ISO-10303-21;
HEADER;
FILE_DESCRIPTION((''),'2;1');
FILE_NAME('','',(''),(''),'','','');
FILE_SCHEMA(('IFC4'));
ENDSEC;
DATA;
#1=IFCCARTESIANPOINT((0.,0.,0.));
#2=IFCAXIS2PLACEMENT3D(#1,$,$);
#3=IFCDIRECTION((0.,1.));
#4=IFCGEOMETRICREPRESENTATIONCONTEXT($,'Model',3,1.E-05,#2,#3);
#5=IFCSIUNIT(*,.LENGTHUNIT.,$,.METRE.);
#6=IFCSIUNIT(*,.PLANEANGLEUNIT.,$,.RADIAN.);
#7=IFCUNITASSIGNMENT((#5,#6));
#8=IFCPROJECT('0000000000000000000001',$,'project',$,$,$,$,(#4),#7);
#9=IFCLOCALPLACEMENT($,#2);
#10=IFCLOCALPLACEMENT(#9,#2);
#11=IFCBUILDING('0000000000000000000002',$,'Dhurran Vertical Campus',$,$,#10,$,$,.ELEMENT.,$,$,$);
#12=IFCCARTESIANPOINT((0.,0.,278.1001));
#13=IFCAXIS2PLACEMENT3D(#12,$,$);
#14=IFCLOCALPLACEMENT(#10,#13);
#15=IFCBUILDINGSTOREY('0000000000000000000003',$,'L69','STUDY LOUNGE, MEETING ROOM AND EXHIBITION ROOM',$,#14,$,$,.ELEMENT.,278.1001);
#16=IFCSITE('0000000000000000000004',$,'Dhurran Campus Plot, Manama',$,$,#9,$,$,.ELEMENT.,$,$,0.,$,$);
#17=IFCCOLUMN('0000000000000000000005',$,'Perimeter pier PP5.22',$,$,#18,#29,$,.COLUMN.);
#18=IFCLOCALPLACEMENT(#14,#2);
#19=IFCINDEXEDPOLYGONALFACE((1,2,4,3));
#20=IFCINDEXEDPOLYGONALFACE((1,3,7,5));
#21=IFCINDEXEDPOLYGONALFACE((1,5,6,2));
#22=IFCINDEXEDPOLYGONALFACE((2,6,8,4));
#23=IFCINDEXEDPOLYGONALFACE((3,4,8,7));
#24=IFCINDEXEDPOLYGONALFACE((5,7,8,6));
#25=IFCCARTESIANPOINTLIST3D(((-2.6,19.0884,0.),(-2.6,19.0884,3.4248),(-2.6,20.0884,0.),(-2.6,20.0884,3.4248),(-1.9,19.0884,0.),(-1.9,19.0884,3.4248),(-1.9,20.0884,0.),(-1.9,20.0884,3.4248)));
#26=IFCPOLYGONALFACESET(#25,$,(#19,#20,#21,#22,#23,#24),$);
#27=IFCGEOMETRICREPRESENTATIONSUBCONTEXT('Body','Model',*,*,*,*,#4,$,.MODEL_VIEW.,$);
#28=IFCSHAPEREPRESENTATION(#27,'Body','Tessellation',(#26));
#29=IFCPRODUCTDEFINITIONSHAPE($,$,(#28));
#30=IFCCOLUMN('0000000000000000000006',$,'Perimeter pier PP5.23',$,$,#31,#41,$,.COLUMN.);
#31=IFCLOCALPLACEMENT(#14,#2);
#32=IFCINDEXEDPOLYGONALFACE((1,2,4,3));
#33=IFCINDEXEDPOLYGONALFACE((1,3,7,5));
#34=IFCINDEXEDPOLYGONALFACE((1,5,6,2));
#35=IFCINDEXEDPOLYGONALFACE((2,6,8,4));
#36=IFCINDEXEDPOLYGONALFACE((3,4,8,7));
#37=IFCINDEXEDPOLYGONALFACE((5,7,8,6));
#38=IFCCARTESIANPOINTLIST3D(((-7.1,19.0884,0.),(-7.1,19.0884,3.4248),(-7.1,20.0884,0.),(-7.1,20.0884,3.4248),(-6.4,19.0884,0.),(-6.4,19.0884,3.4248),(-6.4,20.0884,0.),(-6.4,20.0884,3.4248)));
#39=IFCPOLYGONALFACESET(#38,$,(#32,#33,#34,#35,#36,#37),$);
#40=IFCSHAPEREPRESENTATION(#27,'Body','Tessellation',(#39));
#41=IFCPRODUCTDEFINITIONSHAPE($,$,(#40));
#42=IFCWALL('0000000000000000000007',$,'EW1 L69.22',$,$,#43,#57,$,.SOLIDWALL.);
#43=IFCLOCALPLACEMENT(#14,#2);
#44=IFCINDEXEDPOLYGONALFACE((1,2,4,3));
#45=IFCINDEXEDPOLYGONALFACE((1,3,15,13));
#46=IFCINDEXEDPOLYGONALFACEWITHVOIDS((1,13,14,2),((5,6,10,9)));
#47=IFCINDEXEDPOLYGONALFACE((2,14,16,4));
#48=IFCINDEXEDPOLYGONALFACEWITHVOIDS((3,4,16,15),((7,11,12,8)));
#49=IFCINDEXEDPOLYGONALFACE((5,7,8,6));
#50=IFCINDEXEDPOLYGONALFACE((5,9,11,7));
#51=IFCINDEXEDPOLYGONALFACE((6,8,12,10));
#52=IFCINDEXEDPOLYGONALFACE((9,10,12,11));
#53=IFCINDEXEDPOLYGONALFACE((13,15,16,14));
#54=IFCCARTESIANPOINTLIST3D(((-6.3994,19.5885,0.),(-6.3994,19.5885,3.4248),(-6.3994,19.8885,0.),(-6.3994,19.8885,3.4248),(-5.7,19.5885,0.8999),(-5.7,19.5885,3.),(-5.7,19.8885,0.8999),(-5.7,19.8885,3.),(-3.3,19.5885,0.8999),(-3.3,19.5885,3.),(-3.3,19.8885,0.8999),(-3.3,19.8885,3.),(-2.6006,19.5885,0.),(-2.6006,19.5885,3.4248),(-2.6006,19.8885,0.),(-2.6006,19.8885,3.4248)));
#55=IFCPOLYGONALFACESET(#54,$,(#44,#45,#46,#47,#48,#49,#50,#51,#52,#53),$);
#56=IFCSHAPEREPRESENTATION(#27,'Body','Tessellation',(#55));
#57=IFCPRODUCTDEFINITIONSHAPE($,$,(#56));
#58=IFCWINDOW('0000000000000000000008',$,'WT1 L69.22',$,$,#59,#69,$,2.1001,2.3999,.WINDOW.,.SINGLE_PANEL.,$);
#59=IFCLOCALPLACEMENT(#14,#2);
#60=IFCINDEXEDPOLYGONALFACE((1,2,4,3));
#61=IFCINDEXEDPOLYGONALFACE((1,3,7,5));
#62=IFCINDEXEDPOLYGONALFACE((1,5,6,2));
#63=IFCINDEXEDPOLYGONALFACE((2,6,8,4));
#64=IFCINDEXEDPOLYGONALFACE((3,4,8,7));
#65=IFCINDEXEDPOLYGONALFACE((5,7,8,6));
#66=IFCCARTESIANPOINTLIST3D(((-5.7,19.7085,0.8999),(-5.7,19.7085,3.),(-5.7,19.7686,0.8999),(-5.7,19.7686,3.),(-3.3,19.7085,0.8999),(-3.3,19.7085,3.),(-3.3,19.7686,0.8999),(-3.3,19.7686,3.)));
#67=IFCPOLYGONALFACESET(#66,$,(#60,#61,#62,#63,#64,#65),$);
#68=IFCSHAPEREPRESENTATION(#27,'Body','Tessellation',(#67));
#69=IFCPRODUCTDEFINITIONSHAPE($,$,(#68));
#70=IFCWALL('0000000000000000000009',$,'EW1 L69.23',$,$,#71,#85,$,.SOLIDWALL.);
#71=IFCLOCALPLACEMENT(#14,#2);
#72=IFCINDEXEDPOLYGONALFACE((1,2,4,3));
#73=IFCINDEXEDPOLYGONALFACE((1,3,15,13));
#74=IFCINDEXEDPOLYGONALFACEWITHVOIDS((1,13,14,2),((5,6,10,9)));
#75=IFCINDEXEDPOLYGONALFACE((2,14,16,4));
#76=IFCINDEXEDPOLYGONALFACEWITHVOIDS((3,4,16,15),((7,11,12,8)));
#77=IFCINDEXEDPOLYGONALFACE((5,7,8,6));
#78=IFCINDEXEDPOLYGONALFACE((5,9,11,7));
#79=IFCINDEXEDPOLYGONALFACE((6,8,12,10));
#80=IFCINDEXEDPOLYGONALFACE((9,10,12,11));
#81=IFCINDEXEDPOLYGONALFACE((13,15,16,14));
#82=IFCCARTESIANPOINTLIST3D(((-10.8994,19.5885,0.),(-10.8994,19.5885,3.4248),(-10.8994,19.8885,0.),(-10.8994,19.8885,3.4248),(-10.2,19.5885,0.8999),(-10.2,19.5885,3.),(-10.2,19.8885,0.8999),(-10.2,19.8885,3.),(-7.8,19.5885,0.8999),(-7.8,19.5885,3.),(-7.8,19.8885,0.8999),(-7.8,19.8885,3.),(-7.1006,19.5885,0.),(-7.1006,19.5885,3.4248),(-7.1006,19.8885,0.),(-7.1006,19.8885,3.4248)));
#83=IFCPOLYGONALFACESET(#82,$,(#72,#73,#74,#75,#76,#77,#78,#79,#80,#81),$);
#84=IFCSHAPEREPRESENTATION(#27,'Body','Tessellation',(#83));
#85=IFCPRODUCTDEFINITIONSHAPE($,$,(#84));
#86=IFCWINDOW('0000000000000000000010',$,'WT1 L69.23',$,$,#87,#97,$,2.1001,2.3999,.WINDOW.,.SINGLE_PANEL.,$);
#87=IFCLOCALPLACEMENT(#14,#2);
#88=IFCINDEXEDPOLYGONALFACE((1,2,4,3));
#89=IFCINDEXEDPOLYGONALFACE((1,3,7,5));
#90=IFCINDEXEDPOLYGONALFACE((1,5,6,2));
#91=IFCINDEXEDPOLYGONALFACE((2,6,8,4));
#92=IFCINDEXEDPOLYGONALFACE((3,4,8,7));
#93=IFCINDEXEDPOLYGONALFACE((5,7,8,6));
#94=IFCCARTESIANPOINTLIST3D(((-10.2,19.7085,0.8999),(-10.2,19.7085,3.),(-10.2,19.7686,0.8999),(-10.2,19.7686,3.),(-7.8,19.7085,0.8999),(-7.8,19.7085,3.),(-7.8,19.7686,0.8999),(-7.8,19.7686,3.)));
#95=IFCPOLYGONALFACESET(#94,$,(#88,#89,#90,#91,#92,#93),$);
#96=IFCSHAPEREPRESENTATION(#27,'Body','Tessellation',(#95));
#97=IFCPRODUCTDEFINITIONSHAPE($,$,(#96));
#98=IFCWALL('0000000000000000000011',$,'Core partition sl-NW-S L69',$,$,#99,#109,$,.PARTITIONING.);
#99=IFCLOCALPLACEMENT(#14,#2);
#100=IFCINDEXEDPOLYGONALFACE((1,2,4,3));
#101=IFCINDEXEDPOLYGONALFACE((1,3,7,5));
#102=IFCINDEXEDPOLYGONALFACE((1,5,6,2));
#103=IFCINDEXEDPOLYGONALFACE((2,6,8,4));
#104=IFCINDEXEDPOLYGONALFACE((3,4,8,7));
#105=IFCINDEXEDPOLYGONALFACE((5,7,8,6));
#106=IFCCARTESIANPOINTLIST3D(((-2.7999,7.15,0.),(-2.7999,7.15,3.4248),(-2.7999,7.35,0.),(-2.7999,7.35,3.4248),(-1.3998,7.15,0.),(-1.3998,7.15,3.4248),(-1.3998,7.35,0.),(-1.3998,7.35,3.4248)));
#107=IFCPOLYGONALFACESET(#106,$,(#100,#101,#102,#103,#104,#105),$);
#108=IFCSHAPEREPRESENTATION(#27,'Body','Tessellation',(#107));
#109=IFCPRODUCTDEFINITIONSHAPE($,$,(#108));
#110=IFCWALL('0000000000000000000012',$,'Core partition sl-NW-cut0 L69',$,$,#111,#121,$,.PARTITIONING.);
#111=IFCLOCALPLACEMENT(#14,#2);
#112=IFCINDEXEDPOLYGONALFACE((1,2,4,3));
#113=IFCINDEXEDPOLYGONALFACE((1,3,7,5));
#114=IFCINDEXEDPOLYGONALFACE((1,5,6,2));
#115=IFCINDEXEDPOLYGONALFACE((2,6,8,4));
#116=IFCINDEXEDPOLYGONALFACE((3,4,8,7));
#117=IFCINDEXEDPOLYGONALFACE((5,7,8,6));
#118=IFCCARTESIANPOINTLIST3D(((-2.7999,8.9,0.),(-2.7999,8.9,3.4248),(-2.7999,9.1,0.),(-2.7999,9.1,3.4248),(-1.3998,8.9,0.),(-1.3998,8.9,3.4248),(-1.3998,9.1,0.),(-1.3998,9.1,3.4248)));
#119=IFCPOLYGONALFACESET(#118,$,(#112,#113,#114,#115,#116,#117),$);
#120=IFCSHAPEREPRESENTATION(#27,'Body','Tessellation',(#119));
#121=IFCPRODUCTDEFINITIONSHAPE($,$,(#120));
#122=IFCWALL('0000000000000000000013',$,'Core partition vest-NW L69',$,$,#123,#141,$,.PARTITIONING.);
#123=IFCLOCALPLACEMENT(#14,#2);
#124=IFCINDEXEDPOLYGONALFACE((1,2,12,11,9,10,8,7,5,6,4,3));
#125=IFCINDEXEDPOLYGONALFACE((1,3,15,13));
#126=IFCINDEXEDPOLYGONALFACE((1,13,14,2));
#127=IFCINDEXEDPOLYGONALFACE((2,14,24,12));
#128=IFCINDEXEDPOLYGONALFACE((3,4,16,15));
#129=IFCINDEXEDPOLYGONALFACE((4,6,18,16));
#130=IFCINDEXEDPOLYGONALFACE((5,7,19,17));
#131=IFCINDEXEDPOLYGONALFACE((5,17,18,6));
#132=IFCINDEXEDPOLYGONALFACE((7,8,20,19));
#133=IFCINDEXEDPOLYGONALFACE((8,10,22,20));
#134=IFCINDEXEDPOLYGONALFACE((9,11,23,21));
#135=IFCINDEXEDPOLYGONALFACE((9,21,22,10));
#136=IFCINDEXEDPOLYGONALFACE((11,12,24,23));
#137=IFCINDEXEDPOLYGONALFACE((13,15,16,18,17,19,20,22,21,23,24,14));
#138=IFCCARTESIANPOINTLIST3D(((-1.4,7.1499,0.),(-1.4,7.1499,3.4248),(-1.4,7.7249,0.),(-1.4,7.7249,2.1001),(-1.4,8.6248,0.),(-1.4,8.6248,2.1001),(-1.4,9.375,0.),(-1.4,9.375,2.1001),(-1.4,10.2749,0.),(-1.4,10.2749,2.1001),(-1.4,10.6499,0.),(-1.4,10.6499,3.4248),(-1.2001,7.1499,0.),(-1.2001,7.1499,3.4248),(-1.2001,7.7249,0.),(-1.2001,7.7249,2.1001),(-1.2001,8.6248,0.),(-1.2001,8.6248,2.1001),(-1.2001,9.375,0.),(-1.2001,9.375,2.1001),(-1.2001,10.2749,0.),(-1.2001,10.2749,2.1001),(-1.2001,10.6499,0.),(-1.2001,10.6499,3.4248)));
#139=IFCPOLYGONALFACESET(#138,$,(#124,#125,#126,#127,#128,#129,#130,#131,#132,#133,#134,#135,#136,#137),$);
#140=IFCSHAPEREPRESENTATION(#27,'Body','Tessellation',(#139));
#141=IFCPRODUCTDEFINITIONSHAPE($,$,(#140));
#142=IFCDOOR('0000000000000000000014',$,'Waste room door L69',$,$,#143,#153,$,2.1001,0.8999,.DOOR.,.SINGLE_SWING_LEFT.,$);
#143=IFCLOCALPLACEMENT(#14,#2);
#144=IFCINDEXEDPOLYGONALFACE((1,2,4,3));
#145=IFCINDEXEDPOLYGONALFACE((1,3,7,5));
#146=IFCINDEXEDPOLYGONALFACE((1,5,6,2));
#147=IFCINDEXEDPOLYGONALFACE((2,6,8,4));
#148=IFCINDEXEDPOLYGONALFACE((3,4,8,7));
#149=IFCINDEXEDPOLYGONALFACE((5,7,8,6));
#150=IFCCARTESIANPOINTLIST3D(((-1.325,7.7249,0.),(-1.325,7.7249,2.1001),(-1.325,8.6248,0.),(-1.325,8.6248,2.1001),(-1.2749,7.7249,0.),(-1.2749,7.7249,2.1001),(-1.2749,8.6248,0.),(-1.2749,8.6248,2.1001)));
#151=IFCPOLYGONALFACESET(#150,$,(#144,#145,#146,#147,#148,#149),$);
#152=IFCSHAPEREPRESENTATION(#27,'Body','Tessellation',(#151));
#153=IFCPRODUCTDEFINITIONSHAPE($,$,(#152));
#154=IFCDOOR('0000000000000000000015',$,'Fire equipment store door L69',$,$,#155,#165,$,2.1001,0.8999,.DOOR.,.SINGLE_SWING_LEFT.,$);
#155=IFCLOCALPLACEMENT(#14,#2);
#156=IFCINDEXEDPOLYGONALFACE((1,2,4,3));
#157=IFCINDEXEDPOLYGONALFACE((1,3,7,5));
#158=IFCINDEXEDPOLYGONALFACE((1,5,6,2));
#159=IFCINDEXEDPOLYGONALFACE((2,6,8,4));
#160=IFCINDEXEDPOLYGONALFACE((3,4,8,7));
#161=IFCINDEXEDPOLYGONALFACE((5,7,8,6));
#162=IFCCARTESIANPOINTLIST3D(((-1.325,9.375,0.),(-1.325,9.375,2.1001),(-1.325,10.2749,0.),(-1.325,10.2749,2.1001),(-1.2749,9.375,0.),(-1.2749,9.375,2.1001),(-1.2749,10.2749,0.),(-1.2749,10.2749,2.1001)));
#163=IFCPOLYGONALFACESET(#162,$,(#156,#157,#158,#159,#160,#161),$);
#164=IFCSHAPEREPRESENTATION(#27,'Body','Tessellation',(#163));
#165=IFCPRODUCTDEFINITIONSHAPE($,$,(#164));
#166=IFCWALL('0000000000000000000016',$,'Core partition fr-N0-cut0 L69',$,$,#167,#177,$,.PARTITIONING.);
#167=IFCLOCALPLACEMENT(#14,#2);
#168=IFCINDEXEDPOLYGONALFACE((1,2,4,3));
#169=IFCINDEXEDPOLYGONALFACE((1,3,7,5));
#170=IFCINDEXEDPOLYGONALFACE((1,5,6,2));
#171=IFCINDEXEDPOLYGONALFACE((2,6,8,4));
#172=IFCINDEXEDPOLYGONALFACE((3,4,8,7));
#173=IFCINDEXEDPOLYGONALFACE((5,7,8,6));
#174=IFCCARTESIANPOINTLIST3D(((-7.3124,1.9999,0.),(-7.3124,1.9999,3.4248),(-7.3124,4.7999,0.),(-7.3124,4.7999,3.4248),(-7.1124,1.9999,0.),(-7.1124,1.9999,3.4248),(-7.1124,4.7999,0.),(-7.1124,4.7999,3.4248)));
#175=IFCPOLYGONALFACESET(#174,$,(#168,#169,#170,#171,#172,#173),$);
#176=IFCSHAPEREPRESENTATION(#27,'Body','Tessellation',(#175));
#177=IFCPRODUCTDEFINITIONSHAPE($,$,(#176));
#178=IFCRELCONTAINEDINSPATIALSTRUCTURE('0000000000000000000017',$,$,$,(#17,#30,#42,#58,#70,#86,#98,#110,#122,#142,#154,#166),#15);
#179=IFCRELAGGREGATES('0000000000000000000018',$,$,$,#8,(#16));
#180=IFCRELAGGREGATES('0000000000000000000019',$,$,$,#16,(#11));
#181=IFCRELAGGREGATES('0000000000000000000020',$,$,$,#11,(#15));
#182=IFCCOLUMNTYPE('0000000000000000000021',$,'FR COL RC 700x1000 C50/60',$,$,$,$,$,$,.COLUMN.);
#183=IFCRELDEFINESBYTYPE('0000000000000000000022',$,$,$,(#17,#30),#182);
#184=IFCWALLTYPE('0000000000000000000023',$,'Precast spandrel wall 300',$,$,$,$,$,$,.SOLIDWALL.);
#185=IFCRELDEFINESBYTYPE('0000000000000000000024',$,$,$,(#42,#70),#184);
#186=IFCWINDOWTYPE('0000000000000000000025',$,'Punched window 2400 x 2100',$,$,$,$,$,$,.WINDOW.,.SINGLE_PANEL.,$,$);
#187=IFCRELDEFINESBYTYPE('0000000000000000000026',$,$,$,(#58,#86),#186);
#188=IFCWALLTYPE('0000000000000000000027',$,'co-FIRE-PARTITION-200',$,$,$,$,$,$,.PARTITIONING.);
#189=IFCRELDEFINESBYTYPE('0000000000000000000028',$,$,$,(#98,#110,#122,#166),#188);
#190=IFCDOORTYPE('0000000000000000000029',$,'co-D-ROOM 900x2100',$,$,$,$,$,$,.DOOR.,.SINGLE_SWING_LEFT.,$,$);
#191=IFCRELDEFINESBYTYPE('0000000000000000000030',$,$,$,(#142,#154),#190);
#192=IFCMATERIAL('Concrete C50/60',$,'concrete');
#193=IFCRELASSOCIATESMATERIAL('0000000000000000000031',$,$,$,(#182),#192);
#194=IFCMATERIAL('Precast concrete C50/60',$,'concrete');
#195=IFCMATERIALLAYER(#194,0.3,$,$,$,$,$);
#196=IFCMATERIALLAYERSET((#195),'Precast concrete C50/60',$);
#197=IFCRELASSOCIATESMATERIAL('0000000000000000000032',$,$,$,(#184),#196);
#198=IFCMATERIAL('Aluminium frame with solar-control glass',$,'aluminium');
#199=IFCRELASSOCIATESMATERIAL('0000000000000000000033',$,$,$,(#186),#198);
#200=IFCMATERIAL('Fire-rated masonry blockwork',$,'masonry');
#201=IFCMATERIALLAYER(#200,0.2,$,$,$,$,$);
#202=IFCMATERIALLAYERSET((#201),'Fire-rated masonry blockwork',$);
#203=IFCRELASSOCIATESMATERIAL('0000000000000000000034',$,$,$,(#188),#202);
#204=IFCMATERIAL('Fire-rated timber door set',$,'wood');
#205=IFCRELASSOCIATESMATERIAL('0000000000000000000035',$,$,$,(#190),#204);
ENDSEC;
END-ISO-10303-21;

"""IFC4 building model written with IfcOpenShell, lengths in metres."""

from ifc_helpers import new_model, si_unit, direction, frame, frame_2d, origin, origin_2d, place, context, subcontext, project, spatial, rectangle, extrude, material, layer, layer_set, material_profile, profile_set, type_object, element, fill, save


model = new_model("IFC4")

# Units and contexts
model_context = context("Model", 3, precision=1e-05, world=origin(), true_north=direction((0.0, 1.0)))
body_context = subcontext(model_context, "Body", "Model", "MODEL_VIEW")
ifc_project = project(units=[si_unit("LENGTHUNIT", "METRE"), si_unit("PLANEANGLEUNIT", "RADIAN")], contexts=[model_context])

# Site, building, storey
site_placement = place(None, origin())
site = spatial("IfcSite", under=ifc_project, at=site_placement, Name="Dhurran Campus Plot, Manama", CompositionType="ELEMENT", RefElevation=0.0)
building_placement = place(site_placement, origin())
building = spatial("IfcBuilding", under=site, at=building_placement, Name="Dhurran Vertical Campus", CompositionType="ELEMENT")
storey_placement = place(building_placement, frame((0.0, 0.0, 278.1001)))
storey = spatial("IfcBuildingStorey", under=building, at=storey_placement, Name="L69", Description="STUDY LOUNGE, MEETING ROOM AND EXHIBITION ROOM", CompositionType="ELEMENT", Elevation=278.1001)

# Columns
ifc_material_1 = material(Name="Concrete C50/60", Category="concrete")
ifc_material_profile = material_profile(ifc_material_1, rectangle(XDim=0.7, YDim=1.0, at=origin_2d()), Name="RC 700x1000")
ifc_profile_set = profile_set([ifc_material_profile], Name="Concrete C50/60")
column_type = type_object("IfcColumnType", Name="FR COL RC 700x1000 C50/60", PredefinedType="COLUMN", material=ifc_profile_set)
for number, where, z_axis, x_axis, name in (
    (1, (-2.25, 19.5884, 0.0), (0.0, 0.0, 1.0), (-1.0, 0.0, 0.0), "Perimeter pier PP5.22"),
    (2, (-6.75, 19.5884, 0.0), (0.0, 0.0, 1.0), (-1.0, 0.0, 0.0), "Perimeter pier PP5.23"),
):
    element("IfcColumn", number, at=place(storey_placement, frame(where, z_axis=z_axis, x_axis=x_axis)), inside=storey, type_object=column_type, Name=name, PredefinedType="COLUMN", context=body_context, shape_type="SweptSolid", body=[
        extrude(rectangle(XDim=0.7, YDim=1.0, at=origin_2d()), origin(), (0.0, 0.0, 1.0), 3.4248),
    ])

# Walls, openings, windows
ifc_material_2 = material(Name="Precast concrete C50/60", Category="concrete")
ifc_layer_1 = layer(ifc_material_2, 0.3)
ifc_layer_set_1 = layer_set([ifc_layer_1], Name="Precast concrete C50/60")
wall_type_1 = type_object("IfcWallType", Name="Precast spandrel wall 300", PredefinedType="SOLIDWALL", material=ifc_layer_set_1)
wall_1_placement = place(storey_placement, frame((-2.6006, 19.7385, 0.0), z_axis=(0.0, 0.0, 1.0), x_axis=(-1.0, 0.0, 0.0)))
wall_1 = element("IfcWall", 3, at=wall_1_placement, inside=storey, type_object=wall_type_1, Name="EW1 L69.22", PredefinedType="SOLIDWALL", context=body_context, shape_type="SweptSolid", body=[
    extrude(rectangle(XDim=3.7988, YDim=0.3, at=frame_2d((1.8994, 0.0))), origin(), (0.0, 0.0, 1.0), 3.4248),
])
opening_1_placement = place(wall_1_placement, frame((0.6995, 0.0, 0.8999)))
opening_1 = element("IfcOpeningElement", 4, at=opening_1_placement, cuts=wall_1, PredefinedType="OPENING", context=body_context, shape_type="SweptSolid", body=[
    extrude(rectangle(XDim=2.3999, YDim=2.1001, at=frame_2d((1.2, 1.05))), frame((0.0, 0.1599, 0.0), z_axis=(0.0, -1.0, 0.0), x_axis=(1.0, 0.0, 0.0)), (0.0, 0.0, 1.0), 0.3201),
])
ifc_material_3 = material(Name="Aluminium frame with solar-control glass", Category="aluminium")
window_type = type_object("IfcWindowType", Name="Punched window 2400 x 2100", PartitioningType="SINGLE_PANEL", PredefinedType="WINDOW", material=ifc_material_3)
window_1_placement = place(opening_1_placement, origin())
window_1 = element("IfcWindow", 5, at=window_1_placement, inside=storey, type_object=window_type, Name="WT1 L69.22", OverallHeight=2.1001, OverallWidth=2.3999, PartitioningType="SINGLE_PANEL", PredefinedType="WINDOW", context=body_context, shape_type="SweptSolid", body=[
    extrude(rectangle(XDim=2.3999, YDim=2.1001, at=frame_2d((1.2, 1.05))), frame((0.0, 0.03, 0.0), z_axis=(0.0, -1.0, 0.0), x_axis=(1.0, 0.0, 0.0)), (0.0, 0.0, 1.0), 0.0601),
])
fill(opening_1, window_1)
wall_2_placement = place(storey_placement, frame((-7.1006, 19.7385, 0.0), z_axis=(0.0, 0.0, 1.0), x_axis=(-1.0, 0.0, 0.0)))
wall_2 = element("IfcWall", 6, at=wall_2_placement, inside=storey, type_object=wall_type_1, Name="EW1 L69.23", PredefinedType="SOLIDWALL", context=body_context, shape_type="SweptSolid", body=[
    extrude(rectangle(XDim=3.7988, YDim=0.3, at=frame_2d((1.8994, 0.0))), origin(), (0.0, 0.0, 1.0), 3.4248),
])
opening_2_placement = place(wall_2_placement, frame((0.6995, 0.0, 0.8999)))
opening_2 = element("IfcOpeningElement", 7, at=opening_2_placement, cuts=wall_2, PredefinedType="OPENING", context=body_context, shape_type="SweptSolid", body=[
    extrude(rectangle(XDim=2.3999, YDim=2.1001, at=frame_2d((1.2, 1.05))), frame((0.0, 0.1599, 0.0), z_axis=(0.0, -1.0, 0.0), x_axis=(1.0, 0.0, 0.0)), (0.0, 0.0, 1.0), 0.3201),
])
window_2_placement = place(opening_2_placement, origin())
window_2 = element("IfcWindow", 8, at=window_2_placement, inside=storey, type_object=window_type, Name="WT1 L69.23", OverallHeight=2.1001, OverallWidth=2.3999, PartitioningType="SINGLE_PANEL", PredefinedType="WINDOW", context=body_context, shape_type="SweptSolid", body=[
    extrude(rectangle(XDim=2.3999, YDim=2.1001, at=frame_2d((1.2, 1.05))), frame((0.0, 0.03, 0.0), z_axis=(0.0, -1.0, 0.0), x_axis=(1.0, 0.0, 0.0)), (0.0, 0.0, 1.0), 0.0601),
])
fill(opening_2, window_2)

# Walls
ifc_material_4 = material(Name="Fire-rated masonry blockwork", Category="masonry")
ifc_layer_2 = layer(ifc_material_4, 0.2)
ifc_layer_set_2 = layer_set([ifc_layer_2], Name="Fire-rated masonry blockwork")
wall_type_2 = type_object("IfcWallType", Name="co-FIRE-PARTITION-200", PredefinedType="PARTITIONING", material=ifc_layer_set_2)
for number, where, z_axis, x_axis, name in (
    (9, (-2.8, 7.25, 0.0), (0.0, 0.0, 1.0), (1.0, 0.0, 0.0), "Core partition sl-NW-S L69"),
    (10, (-2.8, 9.0, 0.0), (0.0, 0.0, 1.0), (1.0, 0.0, 0.0), "Core partition sl-NW-cut0 L69"),
):
    element("IfcWall", number, at=place(storey_placement, frame(where, z_axis=z_axis, x_axis=x_axis)), inside=storey, type_object=wall_type_2, Name=name, PredefinedType="PARTITIONING", context=body_context, shape_type="SweptSolid", body=[
        extrude(rectangle(XDim=1.4001, YDim=0.2, at=frame_2d((0.7002, 0.0))), origin(), (0.0, 0.0, 1.0), 3.4248),
    ])

# Wall, openings, doors
wall_3_placement = place(storey_placement, frame((-1.3, 7.1499, 0.0), z_axis=(0.0, 0.0, 1.0), x_axis=(0.0, 1.0, 0.0)))
wall_3 = element("IfcWall", 11, at=wall_3_placement, inside=storey, type_object=wall_type_2, Name="Core partition vest-NW L69", PredefinedType="PARTITIONING", context=body_context, shape_type="SweptSolid", body=[
    extrude(rectangle(XDim=3.5, YDim=0.2, at=frame_2d((1.75, 0.0))), origin(), (0.0, 0.0, 1.0), 3.4248),
])
opening_3_placement = place(wall_3_placement, frame((0.575, 0.0, 0.0)))
opening_3 = element("IfcOpeningElement", 12, at=opening_3_placement, cuts=wall_3, PredefinedType="OPENING", context=body_context, shape_type="SweptSolid", body=[
    extrude(rectangle(XDim=0.8999, YDim=2.1001, at=frame_2d((0.45, 1.05))), frame((0.0, 0.1099, 0.0), z_axis=(0.0, -1.0, 0.0), x_axis=(1.0, 0.0, 0.0)), (0.0, 0.0, 1.0), 0.22),
])
opening_4_placement = place(wall_3_placement, frame((2.2251, 0.0, 0.0)))
opening_4 = element("IfcOpeningElement", 13, at=opening_4_placement, cuts=wall_3, PredefinedType="OPENING", context=body_context, shape_type="SweptSolid", body=[
    extrude(rectangle(XDim=0.8999, YDim=2.1001, at=frame_2d((0.45, 1.05))), frame((0.0, 0.1099, 0.0), z_axis=(0.0, -1.0, 0.0), x_axis=(1.0, 0.0, 0.0)), (0.0, 0.0, 1.0), 0.22),
])
ifc_material_5 = material(Name="Fire-rated timber door set", Category="wood")
door_type_1 = type_object("IfcDoorType", Name="co-D-ROOM 900x2100", OperationType="SINGLE_SWING_LEFT", PredefinedType="DOOR", material=ifc_material_5)
door_1_placement = place(opening_3_placement, origin())
door_1 = element("IfcDoor", 14, at=door_1_placement, inside=storey, type_object=door_type_1, Name="Waste room door L69", OperationType="SINGLE_SWING_LEFT", OverallHeight=2.1001, OverallWidth=0.8999, PredefinedType="DOOR", context=body_context, shape_type="SweptSolid", body=[
    extrude(rectangle(XDim=0.8999, YDim=2.1001, at=frame_2d((0.45, 1.05))), frame((0.0, 0.0249, 0.0), z_axis=(0.0, -1.0, 0.0), x_axis=(1.0, 0.0, 0.0)), (0.0, 0.0, 1.0), 0.05),
])
fill(opening_3, door_1)
door_2_placement = place(opening_4_placement, origin())
door_2 = element("IfcDoor", 15, at=door_2_placement, inside=storey, type_object=door_type_1, Name="Fire equipment store door L69", OperationType="SINGLE_SWING_LEFT", OverallHeight=2.1001, OverallWidth=0.8999, PredefinedType="DOOR", context=body_context, shape_type="SweptSolid", body=[
    extrude(rectangle(XDim=0.8999, YDim=2.1001, at=frame_2d((0.45, 1.05))), frame((0.0, 0.0249, 0.0), z_axis=(0.0, -1.0, 0.0), x_axis=(1.0, 0.0, 0.0)), (0.0, 0.0, 1.0), 0.05),
])
fill(opening_4, door_2)

# Wall
wall_4_placement = place(storey_placement, frame((-7.2124, 2.0, 0.0), z_axis=(0.0, 0.0, 1.0), x_axis=(0.0, 1.0, 0.0)))
element("IfcWall", 16, at=wall_4_placement, inside=storey, type_object=wall_type_2, Name="Core partition fr-N0-cut0 L69", PredefinedType="PARTITIONING", context=body_context, shape_type="SweptSolid", body=[
    extrude(rectangle(XDim=2.8, YDim=0.2, at=frame_2d((1.3999, 0.0))), origin(), (0.0, 0.0, 1.0), 3.4248),
])

save(model, "model.ifc")
